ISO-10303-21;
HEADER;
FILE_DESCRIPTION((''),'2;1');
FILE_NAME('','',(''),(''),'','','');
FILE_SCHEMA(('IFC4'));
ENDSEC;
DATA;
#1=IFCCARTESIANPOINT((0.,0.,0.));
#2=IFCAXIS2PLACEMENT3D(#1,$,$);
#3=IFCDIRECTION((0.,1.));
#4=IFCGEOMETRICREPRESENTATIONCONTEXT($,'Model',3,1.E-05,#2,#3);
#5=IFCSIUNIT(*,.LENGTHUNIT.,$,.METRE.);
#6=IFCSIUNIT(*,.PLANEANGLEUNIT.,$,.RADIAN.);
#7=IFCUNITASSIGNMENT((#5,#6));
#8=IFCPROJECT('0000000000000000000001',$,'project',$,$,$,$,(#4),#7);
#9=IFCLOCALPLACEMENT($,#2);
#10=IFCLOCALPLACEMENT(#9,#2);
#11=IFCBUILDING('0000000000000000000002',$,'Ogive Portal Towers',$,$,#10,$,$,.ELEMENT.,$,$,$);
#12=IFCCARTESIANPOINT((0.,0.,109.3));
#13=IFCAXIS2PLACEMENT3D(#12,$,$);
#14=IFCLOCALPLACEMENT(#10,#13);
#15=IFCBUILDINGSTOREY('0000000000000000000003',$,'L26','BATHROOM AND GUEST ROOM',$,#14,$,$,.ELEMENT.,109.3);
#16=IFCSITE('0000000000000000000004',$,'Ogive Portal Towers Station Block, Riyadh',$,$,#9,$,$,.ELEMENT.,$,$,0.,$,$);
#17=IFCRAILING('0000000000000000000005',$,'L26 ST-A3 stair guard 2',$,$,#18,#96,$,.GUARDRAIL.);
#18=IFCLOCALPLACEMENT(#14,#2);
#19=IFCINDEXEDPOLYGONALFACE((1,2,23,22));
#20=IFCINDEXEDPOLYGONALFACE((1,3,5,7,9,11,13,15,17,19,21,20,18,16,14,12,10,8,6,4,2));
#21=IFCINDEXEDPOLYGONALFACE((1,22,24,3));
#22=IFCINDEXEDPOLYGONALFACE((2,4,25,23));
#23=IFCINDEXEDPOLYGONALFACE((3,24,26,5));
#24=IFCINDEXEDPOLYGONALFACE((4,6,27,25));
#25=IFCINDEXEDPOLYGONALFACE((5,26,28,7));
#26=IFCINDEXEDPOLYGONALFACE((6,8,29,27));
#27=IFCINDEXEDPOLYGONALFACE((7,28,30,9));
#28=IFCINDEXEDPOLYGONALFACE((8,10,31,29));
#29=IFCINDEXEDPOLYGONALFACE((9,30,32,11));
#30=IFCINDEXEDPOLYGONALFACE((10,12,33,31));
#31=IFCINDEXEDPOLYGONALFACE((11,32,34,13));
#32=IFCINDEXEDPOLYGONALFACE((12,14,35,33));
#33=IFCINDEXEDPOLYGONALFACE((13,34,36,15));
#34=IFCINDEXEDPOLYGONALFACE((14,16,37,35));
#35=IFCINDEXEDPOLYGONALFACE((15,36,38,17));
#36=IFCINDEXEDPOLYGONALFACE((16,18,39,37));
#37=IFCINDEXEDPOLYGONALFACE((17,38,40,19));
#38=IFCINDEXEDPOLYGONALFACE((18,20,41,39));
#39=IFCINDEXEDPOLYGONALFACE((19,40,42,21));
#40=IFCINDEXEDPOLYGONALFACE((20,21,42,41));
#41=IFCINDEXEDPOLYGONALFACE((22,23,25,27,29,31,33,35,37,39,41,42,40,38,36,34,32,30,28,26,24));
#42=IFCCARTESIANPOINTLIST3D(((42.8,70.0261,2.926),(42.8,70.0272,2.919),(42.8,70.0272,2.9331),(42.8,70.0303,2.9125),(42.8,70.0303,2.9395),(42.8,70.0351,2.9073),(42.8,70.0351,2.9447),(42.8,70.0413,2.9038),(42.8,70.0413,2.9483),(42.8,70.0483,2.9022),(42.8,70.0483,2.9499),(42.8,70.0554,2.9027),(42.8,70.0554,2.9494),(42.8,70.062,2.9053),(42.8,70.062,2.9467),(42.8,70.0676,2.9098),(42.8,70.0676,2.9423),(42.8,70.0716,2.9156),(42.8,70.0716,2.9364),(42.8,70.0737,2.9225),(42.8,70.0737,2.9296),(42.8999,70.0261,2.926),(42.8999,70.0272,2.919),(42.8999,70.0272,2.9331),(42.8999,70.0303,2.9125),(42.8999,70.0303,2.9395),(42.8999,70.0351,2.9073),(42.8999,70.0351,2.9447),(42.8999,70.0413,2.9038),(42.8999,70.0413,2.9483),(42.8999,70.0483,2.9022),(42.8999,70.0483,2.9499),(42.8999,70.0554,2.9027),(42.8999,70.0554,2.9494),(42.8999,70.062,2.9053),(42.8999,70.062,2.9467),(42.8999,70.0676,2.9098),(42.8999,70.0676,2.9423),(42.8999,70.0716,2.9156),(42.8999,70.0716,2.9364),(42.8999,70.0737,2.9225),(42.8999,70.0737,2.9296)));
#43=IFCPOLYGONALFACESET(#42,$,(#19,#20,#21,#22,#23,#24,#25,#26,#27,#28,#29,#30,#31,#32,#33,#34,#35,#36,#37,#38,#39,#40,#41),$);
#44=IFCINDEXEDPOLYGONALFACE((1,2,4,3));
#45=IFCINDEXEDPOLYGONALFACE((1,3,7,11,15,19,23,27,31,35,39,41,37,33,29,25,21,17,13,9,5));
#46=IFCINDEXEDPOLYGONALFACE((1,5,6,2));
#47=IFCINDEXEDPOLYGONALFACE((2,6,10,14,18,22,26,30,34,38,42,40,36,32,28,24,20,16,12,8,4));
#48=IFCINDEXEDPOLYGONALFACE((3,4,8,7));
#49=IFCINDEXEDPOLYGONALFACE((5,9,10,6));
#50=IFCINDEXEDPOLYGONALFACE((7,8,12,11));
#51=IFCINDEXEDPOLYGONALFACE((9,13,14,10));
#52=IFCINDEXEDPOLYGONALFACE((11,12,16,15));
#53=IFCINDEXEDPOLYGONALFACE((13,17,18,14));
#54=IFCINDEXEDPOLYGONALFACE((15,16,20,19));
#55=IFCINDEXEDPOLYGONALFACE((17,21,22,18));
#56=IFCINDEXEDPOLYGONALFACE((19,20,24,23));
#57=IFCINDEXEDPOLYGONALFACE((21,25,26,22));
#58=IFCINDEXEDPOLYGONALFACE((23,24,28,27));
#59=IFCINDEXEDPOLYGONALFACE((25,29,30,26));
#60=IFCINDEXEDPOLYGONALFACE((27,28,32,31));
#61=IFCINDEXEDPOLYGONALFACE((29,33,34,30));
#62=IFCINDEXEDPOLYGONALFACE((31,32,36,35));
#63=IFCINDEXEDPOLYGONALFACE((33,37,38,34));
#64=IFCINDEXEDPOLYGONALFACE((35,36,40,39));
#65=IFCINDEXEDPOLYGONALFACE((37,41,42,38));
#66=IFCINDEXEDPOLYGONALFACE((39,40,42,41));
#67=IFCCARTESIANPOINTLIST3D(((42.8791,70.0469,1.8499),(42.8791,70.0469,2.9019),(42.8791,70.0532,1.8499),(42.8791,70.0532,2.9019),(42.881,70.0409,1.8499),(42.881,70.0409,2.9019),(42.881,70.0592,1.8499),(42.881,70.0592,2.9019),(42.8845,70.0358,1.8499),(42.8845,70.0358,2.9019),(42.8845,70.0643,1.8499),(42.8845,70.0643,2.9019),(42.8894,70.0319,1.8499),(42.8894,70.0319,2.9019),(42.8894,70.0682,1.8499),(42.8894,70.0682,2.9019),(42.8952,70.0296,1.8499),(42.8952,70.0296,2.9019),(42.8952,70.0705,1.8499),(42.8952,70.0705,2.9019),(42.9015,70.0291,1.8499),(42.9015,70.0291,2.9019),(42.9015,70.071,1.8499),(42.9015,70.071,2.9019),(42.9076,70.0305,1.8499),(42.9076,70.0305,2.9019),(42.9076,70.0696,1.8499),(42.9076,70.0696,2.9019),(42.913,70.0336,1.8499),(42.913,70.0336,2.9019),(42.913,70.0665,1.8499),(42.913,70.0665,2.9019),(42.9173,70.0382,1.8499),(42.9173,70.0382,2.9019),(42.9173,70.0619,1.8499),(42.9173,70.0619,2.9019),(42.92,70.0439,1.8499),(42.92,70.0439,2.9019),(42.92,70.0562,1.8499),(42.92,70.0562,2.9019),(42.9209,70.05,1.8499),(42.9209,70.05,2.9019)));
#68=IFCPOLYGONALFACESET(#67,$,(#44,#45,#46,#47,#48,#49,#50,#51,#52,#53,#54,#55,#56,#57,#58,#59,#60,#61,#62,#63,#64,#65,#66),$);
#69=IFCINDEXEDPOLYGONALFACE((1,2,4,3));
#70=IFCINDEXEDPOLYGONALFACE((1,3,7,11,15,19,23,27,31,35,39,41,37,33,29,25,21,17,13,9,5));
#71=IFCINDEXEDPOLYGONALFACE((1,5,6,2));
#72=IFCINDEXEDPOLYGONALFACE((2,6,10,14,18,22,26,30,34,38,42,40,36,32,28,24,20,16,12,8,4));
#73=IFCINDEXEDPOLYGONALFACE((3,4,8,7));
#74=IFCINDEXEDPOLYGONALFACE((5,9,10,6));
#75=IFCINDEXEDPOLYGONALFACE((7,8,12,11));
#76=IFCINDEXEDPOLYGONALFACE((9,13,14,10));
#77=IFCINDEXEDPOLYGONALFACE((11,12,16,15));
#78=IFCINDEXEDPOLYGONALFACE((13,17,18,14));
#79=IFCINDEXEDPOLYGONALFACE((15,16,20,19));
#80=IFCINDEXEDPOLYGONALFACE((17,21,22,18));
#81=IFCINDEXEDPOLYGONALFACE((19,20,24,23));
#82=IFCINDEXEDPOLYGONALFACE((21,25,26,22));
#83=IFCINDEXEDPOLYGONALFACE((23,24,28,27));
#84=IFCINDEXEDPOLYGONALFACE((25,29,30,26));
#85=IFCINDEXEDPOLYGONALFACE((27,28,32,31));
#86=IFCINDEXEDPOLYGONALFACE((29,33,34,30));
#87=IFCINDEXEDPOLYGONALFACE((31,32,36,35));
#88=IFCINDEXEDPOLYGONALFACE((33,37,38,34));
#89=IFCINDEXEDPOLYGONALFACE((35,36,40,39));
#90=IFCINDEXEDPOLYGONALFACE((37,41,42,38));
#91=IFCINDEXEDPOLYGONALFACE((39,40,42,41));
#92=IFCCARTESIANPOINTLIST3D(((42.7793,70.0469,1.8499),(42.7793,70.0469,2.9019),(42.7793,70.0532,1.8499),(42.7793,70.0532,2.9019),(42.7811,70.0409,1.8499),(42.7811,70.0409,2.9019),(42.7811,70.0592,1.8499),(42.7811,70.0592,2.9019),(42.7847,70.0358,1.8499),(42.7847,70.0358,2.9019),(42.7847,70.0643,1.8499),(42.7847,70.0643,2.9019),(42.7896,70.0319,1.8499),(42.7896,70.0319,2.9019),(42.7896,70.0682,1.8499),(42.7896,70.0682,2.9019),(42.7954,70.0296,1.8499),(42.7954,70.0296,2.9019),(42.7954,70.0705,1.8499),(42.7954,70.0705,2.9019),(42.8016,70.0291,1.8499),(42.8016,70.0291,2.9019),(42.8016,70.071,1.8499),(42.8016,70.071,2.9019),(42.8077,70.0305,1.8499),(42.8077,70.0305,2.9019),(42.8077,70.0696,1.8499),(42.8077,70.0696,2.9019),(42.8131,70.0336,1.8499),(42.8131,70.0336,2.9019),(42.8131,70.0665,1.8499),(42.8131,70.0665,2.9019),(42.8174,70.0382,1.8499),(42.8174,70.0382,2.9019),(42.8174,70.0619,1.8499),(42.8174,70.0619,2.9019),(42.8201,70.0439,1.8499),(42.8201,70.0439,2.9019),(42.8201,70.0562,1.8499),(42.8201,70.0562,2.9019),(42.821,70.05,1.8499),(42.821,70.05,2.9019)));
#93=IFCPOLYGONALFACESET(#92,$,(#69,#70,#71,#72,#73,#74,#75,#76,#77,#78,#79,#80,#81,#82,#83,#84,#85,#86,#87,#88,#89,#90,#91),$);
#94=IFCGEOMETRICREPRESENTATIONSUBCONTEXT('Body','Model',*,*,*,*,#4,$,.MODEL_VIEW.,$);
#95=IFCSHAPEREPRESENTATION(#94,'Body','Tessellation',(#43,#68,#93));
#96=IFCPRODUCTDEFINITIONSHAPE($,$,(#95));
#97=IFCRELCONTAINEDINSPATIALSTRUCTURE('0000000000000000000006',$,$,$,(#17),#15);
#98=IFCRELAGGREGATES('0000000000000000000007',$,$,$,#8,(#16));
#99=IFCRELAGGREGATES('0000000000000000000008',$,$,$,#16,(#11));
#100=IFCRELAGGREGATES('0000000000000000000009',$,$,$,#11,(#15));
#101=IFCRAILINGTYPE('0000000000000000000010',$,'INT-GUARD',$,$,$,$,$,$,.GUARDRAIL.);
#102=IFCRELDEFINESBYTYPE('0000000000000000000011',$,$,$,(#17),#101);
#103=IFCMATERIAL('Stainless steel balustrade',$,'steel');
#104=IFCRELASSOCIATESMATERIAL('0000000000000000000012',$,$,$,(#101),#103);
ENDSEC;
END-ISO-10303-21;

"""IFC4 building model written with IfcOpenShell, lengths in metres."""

from ifc_helpers import new_model, si_unit, direction, frame, origin, origin_2d, place, context, subcontext, project, spatial, circle, extrude, material, type_object, element, save


model = new_model("IFC4")

# Units and contexts
model_context = context("Model", 3, precision=1e-05, world=origin(), true_north=direction((0.0, 1.0)))
body_context = subcontext(model_context, "Body", "Model", "MODEL_VIEW")
ifc_project = project(units=[si_unit("LENGTHUNIT", "METRE"), si_unit("PLANEANGLEUNIT", "RADIAN")], contexts=[model_context])

# Site, building, storey
site_placement = place(None, origin())
site = spatial("IfcSite", under=ifc_project, at=site_placement, Name="Ogive Portal Towers Station Block, Riyadh", CompositionType="ELEMENT", RefElevation=0.0)
building_placement = place(site_placement, origin())
building = spatial("IfcBuilding", under=site, at=building_placement, Name="Ogive Portal Towers", CompositionType="ELEMENT")
storey_placement = place(building_placement, frame((0.0, 0.0, 109.3)))
storey = spatial("IfcBuildingStorey", under=building, at=storey_placement, Name="L26", Description="BATHROOM AND GUEST ROOM", CompositionType="ELEMENT", Elevation=109.3)

# Railing
ifc_material_1 = material(Name="Stainless steel balustrade", Category="steel")
railing_type_1 = type_object("IfcRailingType", Name="INT-GUARD", PredefinedType="GUARDRAIL", material=ifc_material_1)
railing_1_placement = place(storey_placement, frame((42.8999, 70.05, 1.8499)))
element("IfcRailing", 1, at=railing_1_placement, inside=storey, type_object=railing_type_1, Name="L26 ST-A3 stair guard 2", PredefinedType="GUARDRAIL", context=body_context, shape_type="SweptSolid", body=[
    extrude(circle(Radius=0.0239, at=origin_2d()), frame((0.0, 0.0, 1.0762), z_axis=(-1.0, 0.0, 0.0), x_axis=(0.0, -1.0, 0.0)), (0.0, 0.0, 1.0), 0.0999),
    extrude(circle(Radius=0.021, at=origin_2d()), origin(), (0.0, 0.0, 1.0), 1.052),
    extrude(circle(Radius=0.021, at=origin_2d()), frame((-0.0999, 0.0, 0.0)), (0.0, 0.0, 1.0), 1.052),
])

save(model, "model.ifc")
